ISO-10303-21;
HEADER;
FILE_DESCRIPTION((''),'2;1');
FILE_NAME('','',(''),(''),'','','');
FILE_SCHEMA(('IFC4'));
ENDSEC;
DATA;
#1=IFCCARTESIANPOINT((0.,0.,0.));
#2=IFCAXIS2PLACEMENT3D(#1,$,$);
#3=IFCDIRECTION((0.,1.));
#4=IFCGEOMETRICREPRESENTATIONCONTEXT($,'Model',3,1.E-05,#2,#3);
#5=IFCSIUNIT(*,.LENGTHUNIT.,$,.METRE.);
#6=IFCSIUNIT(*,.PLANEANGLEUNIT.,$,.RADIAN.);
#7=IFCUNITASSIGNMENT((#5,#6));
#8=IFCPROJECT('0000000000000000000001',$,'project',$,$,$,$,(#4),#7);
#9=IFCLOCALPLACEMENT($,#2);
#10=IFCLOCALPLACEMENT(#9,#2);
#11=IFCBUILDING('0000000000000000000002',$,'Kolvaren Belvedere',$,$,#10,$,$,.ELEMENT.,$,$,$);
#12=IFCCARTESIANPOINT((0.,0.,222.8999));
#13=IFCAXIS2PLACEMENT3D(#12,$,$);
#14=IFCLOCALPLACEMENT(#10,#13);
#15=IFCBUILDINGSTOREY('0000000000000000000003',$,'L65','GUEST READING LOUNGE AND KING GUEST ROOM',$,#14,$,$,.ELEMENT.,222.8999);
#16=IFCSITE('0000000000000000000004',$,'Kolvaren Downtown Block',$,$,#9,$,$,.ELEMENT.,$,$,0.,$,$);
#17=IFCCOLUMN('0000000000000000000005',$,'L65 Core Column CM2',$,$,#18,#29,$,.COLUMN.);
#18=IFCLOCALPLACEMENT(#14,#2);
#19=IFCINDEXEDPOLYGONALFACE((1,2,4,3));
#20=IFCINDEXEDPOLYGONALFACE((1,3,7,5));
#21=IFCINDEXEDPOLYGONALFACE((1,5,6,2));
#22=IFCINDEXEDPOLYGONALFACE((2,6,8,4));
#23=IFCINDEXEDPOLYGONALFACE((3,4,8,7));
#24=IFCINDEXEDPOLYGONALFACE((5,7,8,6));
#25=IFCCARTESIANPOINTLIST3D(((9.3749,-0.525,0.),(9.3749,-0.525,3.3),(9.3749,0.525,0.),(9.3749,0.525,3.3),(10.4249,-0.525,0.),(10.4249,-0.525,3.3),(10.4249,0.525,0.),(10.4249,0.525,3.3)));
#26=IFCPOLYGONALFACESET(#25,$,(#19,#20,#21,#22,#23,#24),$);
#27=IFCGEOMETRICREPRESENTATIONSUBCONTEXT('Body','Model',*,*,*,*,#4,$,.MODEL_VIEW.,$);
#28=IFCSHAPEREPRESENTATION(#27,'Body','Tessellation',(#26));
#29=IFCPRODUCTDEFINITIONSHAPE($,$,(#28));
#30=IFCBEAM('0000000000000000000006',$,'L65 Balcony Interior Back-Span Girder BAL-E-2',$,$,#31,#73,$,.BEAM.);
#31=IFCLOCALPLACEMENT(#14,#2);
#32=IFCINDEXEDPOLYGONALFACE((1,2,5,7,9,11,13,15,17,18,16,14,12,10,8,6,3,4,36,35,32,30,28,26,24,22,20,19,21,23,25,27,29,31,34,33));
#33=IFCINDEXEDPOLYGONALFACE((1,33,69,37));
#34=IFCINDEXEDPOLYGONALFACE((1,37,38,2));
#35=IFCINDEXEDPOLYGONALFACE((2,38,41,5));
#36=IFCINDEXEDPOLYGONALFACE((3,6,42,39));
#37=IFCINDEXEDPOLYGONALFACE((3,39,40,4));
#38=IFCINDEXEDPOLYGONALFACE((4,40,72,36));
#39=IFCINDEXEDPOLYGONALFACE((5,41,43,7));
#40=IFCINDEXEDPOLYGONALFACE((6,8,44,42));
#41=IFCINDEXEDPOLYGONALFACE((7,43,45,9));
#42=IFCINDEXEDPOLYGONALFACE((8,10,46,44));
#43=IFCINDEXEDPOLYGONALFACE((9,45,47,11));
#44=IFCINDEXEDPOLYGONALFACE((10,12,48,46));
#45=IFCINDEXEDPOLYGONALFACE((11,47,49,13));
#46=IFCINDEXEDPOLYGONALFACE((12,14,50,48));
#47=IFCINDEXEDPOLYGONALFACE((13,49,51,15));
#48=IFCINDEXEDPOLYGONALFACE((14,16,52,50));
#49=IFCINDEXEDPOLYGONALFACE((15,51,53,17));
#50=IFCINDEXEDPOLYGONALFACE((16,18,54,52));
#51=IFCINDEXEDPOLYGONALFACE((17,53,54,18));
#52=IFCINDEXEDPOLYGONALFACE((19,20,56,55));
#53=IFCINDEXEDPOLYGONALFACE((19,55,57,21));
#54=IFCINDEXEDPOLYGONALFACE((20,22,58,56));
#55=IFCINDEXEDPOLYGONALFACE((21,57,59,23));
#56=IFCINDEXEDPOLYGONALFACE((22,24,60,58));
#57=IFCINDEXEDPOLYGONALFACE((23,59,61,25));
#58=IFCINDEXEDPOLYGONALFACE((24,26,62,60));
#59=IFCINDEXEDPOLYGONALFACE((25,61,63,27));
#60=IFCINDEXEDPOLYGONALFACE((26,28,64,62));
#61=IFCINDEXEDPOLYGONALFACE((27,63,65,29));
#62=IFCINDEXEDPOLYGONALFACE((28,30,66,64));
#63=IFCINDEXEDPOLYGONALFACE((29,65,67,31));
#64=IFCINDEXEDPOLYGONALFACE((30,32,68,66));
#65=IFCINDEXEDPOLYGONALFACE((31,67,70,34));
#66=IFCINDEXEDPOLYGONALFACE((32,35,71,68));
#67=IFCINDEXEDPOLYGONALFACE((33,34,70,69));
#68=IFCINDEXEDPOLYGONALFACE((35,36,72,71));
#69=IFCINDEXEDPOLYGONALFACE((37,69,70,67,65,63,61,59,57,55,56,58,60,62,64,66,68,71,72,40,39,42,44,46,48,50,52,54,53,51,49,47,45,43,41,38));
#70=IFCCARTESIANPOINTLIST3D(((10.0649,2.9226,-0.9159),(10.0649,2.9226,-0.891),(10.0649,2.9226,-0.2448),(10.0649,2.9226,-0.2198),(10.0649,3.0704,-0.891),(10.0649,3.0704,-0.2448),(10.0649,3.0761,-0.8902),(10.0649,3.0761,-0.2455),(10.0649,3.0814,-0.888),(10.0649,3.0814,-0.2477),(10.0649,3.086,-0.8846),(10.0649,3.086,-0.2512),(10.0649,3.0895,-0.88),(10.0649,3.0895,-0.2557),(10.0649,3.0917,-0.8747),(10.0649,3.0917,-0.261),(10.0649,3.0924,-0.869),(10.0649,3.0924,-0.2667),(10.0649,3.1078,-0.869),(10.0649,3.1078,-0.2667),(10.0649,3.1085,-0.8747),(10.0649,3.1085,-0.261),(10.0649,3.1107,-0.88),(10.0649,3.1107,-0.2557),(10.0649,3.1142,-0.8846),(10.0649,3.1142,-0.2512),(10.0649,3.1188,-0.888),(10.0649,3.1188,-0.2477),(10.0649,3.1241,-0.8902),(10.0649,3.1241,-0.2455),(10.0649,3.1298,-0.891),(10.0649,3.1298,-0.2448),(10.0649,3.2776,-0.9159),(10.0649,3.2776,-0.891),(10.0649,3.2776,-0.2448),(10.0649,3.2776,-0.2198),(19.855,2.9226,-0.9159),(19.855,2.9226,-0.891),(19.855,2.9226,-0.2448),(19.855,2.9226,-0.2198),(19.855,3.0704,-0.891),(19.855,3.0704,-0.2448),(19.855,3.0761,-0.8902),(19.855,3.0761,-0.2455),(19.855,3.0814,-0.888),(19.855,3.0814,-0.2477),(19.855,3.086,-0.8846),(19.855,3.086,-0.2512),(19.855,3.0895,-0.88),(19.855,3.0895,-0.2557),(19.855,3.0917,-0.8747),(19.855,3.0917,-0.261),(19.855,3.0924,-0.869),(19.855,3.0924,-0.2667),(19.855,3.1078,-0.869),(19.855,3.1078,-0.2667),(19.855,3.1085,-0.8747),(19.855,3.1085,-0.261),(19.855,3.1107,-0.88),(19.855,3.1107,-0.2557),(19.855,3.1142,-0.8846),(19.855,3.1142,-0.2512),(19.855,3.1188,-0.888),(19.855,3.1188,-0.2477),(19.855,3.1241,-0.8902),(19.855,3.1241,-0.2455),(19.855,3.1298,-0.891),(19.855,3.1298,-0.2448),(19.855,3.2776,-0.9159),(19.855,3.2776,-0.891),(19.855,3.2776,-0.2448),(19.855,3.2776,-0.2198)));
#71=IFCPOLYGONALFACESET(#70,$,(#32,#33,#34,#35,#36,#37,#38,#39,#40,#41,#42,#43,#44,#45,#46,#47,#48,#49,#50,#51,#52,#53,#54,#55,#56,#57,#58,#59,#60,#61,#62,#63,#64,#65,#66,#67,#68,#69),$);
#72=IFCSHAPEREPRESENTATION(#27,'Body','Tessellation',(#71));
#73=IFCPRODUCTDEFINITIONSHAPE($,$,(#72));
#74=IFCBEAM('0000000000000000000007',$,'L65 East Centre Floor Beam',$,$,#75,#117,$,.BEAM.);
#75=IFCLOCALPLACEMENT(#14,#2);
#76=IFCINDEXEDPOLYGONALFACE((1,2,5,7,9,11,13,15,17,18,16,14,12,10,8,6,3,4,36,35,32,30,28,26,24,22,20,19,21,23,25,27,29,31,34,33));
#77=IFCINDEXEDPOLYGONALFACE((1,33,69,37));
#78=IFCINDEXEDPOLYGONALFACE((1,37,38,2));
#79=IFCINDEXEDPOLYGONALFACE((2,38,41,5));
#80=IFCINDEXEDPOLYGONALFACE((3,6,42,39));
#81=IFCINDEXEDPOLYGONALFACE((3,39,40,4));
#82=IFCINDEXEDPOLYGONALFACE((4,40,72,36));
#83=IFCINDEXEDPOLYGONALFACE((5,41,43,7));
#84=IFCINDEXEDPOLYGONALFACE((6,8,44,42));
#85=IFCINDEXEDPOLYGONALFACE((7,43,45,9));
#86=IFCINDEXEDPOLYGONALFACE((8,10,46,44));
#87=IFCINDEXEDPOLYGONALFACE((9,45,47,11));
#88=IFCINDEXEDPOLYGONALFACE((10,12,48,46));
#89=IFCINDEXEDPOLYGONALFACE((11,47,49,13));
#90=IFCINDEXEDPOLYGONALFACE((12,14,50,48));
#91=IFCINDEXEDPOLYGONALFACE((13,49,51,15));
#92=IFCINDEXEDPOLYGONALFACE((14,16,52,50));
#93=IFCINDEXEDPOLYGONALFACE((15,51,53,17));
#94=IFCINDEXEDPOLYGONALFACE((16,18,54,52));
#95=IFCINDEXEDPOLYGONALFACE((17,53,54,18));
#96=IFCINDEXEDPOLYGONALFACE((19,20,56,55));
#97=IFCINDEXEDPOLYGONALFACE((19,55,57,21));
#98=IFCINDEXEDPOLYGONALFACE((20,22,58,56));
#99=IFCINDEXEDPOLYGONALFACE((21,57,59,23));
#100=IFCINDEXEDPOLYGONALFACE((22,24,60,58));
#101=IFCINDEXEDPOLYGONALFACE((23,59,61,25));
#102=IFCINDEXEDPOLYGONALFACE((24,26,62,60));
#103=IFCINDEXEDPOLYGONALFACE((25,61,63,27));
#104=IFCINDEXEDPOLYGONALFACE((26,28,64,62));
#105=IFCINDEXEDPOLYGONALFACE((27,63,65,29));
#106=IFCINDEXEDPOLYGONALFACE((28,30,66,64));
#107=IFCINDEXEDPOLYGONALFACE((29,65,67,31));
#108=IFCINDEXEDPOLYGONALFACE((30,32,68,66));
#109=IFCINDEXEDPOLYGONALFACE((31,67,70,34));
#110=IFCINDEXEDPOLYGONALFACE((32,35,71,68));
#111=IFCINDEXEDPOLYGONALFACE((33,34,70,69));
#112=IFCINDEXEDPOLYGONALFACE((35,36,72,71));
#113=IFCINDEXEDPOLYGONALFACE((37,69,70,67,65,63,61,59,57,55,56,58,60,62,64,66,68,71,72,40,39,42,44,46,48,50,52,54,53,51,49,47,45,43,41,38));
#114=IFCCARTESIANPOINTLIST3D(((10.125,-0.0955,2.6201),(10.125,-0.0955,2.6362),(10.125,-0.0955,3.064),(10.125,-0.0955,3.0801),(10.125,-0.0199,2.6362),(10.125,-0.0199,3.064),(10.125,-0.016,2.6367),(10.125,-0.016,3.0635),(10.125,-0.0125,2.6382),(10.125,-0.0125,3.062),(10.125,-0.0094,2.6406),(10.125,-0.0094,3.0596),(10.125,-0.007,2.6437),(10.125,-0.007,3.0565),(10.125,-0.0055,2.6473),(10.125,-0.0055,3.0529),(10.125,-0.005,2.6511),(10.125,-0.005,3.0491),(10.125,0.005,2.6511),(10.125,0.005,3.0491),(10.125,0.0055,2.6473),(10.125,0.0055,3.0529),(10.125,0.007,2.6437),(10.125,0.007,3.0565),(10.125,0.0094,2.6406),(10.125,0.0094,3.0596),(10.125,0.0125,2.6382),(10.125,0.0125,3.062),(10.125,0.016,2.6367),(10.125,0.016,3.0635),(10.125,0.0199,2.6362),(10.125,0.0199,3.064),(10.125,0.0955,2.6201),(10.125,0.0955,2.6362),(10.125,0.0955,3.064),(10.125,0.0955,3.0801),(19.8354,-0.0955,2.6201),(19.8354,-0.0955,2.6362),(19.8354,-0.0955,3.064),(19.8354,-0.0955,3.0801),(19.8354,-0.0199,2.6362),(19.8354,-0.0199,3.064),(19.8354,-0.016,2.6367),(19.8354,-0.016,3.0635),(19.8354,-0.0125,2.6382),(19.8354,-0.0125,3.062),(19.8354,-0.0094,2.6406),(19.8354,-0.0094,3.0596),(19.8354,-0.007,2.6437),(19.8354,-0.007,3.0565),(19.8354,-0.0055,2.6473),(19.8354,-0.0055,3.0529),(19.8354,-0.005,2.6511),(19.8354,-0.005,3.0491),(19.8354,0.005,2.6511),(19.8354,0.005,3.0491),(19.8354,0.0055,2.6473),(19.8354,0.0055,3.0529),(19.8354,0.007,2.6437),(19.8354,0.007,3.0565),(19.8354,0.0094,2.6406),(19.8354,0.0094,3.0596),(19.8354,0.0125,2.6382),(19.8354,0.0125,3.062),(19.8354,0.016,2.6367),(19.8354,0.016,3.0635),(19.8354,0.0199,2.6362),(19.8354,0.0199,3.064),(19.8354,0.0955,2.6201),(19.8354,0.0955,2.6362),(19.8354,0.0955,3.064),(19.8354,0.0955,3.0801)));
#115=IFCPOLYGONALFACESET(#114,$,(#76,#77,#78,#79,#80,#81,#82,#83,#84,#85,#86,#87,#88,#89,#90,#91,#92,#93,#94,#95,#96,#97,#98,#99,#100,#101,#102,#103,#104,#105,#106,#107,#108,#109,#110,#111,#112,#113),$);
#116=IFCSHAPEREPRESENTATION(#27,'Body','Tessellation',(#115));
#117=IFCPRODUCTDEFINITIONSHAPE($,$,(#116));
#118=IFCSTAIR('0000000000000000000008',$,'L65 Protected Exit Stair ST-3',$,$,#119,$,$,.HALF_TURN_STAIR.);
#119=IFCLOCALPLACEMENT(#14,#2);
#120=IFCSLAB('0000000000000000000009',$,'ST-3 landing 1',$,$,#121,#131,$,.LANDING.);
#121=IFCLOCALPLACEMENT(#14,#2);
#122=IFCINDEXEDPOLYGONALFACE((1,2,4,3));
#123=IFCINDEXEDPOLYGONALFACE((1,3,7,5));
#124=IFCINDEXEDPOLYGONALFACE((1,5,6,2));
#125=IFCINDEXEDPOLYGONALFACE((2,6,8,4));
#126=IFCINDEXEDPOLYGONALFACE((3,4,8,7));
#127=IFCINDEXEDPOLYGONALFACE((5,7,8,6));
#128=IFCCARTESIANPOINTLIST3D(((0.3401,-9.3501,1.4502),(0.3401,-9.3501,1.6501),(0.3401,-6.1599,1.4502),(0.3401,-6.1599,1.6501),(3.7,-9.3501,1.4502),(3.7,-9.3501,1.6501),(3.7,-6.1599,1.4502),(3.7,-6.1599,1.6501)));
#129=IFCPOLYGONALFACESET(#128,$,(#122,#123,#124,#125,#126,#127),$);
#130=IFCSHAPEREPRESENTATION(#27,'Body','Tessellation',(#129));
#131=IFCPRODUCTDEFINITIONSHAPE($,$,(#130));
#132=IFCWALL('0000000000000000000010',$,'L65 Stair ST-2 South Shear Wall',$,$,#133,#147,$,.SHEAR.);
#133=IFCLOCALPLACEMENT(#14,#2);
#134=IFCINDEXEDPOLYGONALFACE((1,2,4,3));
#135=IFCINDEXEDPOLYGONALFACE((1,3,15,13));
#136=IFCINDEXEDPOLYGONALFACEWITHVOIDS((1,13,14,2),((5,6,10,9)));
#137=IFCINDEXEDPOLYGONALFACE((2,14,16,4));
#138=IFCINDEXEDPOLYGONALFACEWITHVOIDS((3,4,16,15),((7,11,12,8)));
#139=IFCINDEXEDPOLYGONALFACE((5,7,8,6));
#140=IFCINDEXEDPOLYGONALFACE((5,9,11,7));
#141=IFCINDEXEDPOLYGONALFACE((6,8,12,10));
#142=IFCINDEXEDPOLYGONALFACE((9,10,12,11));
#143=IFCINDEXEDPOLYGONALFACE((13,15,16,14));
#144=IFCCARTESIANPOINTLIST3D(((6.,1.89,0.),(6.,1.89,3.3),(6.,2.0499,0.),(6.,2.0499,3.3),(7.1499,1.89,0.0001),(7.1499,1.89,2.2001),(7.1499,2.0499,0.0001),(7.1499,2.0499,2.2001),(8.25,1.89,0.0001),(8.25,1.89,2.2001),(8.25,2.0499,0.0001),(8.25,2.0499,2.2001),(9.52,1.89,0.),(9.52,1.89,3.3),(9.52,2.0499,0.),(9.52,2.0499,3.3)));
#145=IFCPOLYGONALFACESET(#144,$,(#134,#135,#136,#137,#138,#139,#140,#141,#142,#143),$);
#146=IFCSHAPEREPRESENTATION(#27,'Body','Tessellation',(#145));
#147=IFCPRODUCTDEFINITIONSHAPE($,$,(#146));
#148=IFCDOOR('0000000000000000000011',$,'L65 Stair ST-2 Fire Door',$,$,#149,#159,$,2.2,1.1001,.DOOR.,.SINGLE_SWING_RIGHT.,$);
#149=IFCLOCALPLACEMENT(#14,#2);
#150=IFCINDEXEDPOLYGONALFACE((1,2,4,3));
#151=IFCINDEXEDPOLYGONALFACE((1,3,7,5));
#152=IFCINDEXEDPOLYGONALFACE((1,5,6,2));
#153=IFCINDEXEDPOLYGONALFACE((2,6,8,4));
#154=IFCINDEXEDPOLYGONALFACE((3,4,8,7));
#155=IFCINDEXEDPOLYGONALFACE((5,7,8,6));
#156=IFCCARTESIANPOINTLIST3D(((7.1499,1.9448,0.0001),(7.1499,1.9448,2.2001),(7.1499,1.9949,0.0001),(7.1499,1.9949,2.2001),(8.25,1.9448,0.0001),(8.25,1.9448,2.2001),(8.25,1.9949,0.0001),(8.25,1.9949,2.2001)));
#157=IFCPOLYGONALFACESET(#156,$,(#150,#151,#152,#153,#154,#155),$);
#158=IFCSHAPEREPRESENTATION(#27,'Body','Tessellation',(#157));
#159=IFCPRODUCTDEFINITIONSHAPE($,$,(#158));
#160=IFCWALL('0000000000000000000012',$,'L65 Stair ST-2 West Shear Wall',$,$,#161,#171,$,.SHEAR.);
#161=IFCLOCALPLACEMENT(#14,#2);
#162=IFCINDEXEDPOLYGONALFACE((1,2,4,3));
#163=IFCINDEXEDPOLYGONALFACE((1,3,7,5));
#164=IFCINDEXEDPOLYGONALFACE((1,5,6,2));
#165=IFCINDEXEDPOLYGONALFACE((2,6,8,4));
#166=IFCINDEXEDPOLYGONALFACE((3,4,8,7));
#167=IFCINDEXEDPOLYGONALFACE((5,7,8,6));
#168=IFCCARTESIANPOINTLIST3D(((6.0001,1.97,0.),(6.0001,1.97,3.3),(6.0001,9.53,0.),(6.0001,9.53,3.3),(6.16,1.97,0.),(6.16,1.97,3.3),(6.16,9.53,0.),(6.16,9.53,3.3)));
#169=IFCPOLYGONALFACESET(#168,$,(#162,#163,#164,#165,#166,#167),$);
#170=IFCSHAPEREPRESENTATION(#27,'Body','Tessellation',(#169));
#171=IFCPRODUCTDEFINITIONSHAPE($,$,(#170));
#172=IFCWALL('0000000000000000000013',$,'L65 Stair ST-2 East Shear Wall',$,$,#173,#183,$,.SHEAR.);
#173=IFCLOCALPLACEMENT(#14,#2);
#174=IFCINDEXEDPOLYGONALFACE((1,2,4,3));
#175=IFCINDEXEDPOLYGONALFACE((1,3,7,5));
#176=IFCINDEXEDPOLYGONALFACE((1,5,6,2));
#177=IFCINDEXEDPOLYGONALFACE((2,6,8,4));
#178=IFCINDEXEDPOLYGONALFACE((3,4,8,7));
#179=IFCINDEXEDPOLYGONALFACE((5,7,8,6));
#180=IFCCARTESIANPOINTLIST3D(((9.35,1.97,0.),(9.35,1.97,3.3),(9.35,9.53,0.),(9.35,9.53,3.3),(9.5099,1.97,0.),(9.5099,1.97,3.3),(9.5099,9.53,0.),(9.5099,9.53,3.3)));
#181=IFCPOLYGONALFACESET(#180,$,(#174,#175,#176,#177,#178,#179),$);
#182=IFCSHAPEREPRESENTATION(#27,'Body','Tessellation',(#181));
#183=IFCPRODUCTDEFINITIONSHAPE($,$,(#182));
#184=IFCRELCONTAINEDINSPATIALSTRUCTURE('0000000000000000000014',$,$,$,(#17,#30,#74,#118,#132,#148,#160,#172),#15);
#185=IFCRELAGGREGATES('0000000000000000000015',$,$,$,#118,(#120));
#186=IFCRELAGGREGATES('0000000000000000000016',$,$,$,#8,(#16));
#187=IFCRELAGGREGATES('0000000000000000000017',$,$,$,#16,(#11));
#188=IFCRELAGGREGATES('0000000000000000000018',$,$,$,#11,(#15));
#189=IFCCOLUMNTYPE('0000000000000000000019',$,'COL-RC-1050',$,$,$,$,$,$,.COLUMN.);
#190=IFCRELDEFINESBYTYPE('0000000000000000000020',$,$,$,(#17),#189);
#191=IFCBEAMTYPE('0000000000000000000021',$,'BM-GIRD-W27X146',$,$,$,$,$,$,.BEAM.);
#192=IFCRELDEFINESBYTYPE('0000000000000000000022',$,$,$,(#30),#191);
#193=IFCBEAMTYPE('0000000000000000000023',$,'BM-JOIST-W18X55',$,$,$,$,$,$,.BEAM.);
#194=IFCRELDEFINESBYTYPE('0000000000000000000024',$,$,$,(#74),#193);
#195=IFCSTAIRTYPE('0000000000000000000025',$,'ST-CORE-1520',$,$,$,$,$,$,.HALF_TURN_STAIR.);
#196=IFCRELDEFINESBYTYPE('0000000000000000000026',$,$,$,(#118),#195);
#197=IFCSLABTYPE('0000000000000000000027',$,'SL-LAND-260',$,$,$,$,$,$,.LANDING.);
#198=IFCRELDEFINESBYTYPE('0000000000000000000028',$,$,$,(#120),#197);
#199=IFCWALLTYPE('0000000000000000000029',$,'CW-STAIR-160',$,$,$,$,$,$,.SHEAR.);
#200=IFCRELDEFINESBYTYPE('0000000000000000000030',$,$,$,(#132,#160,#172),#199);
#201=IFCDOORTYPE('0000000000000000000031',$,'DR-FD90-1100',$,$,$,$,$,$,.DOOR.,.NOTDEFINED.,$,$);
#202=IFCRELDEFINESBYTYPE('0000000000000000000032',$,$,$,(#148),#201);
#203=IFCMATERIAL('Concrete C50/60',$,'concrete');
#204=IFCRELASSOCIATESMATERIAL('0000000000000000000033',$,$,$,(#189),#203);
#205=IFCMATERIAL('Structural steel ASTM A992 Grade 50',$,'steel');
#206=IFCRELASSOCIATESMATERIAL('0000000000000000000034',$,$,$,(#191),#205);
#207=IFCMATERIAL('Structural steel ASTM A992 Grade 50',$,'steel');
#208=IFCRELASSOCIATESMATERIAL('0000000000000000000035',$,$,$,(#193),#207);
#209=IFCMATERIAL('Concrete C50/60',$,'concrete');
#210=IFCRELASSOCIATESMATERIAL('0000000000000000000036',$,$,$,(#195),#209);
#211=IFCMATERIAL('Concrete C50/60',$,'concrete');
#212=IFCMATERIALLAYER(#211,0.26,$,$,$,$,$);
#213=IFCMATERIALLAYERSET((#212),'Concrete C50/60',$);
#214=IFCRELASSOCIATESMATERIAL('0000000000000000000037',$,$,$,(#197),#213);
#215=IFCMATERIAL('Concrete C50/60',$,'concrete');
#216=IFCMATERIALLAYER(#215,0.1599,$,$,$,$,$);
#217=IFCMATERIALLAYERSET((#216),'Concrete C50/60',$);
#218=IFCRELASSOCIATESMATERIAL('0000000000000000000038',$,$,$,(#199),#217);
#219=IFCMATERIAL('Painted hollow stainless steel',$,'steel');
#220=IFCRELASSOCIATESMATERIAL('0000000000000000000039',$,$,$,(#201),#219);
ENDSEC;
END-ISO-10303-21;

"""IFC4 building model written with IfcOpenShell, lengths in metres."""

from ifc_helpers import new_model, si_unit, direction, frame, frame_2d, origin, origin_2d, place, context, subcontext, project, spatial, polyline, rectangle, i_section, outline, extrude, material, layer, layer_set, material_profile, profile_set, type_object, element, fill, aggregate, save


model = new_model("IFC4")

# Units and contexts
model_context = context("Model", 3, precision=1e-05, world=origin(), true_north=direction((0.0, 1.0)))
body_context = subcontext(model_context, "Body", "Model", "MODEL_VIEW")
ifc_project = project(units=[si_unit("LENGTHUNIT", "METRE"), si_unit("PLANEANGLEUNIT", "RADIAN")], contexts=[model_context])

# Site, building, storey
site_placement = place(None, origin())
site = spatial("IfcSite", under=ifc_project, at=site_placement, Name="Kolvaren Downtown Block", CompositionType="ELEMENT", RefElevation=0.0)
building_placement = place(site_placement, origin())
building = spatial("IfcBuilding", under=site, at=building_placement, Name="Kolvaren Belvedere", CompositionType="ELEMENT")
storey_placement = place(building_placement, frame((0.0, 0.0, 222.8999)))
storey = spatial("IfcBuildingStorey", under=building, at=storey_placement, Name="L65", Description="GUEST READING LOUNGE AND KING GUEST ROOM", CompositionType="ELEMENT", Elevation=222.8999)

# Column
ifc_material_1 = material(Name="Concrete C50/60", Category="concrete")
ifc_material_profile_1 = material_profile(ifc_material_1, rectangle(XDim=1.05, YDim=1.05, at=origin_2d()), Name="RC 1050X1050")
ifc_profile_set_1 = profile_set([ifc_material_profile_1], Name="Concrete C50/60")
column_type = type_object("IfcColumnType", Name="COL-RC-1050", PredefinedType="COLUMN", material=ifc_profile_set_1)
column_placement = place(storey_placement, frame((9.8999, 0.0, 0.0), z_axis=(0.0, 0.0, 1.0), x_axis=(1.0, 0.0, 0.0)))
element("IfcColumn", 1, at=column_placement, inside=storey, type_object=column_type, Name="L65 Core Column CM2", PredefinedType="COLUMN", context=body_context, shape_type="SweptSolid", body=[
    extrude(rectangle(XDim=1.05, YDim=1.05, at=origin_2d()), origin(), (0.0, 0.0, 1.0), 3.3),
])

# Beams
ifc_material_2 = material(Name="Structural steel ASTM A992 Grade 50", Category="steel")
ifc_material_profile_2 = material_profile(ifc_material_2, i_section(OverallWidth=0.355, OverallDepth=0.696, WebThickness=0.0154, FlangeThickness=0.0249, FilletRadius=0.022, at=origin_2d()), Name="W27X146")
ifc_profile_set_2 = profile_set([ifc_material_profile_2], Name="Structural steel ASTM A992 Grade 50")
beam_type_1 = type_object("IfcBeamType", Name="BM-GIRD-W27X146", PredefinedType="BEAM", material=ifc_profile_set_2)
beam_1_placement = place(storey_placement, frame((10.0649, 3.1001, -0.5679), z_axis=(1.0, 0.0, 0.0), x_axis=(0.0, 1.0, 0.0)))
element("IfcBeam", 2, at=beam_1_placement, inside=storey, type_object=beam_type_1, Name="L65 Balcony Interior Back-Span Girder BAL-E-2", PredefinedType="BEAM", context=body_context, shape_type="SweptSolid", body=[
    extrude(i_section(OverallWidth=0.355, OverallDepth=0.696, WebThickness=0.0154, FlangeThickness=0.0249, FilletRadius=0.022, at=origin_2d()), origin(), (0.0, 0.0, 1.0), 9.79),
])
ifc_material_3 = material(Name="Structural steel ASTM A992 Grade 50", Category="steel")
ifc_material_profile_3 = material_profile(ifc_material_3, i_section(OverallWidth=0.1909, OverallDepth=0.46, WebThickness=0.01, FlangeThickness=0.0161, FilletRadius=0.0149, at=origin_2d()), Name="W18X55")
ifc_profile_set_3 = profile_set([ifc_material_profile_3], Name="Structural steel ASTM A992 Grade 50")
beam_type_2 = type_object("IfcBeamType", Name="BM-JOIST-W18X55", PredefinedType="BEAM", material=ifc_profile_set_3)
beam_2_placement = place(storey_placement, frame((10.125, 0.0, 2.8501), z_axis=(1.0, 0.0, 0.0), x_axis=(0.0, 1.0, 0.0)))
element("IfcBeam", 3, at=beam_2_placement, inside=storey, type_object=beam_type_2, Name="L65 East Centre Floor Beam", PredefinedType="BEAM", context=body_context, shape_type="SweptSolid", body=[
    extrude(i_section(OverallWidth=0.1909, OverallDepth=0.46, WebThickness=0.01, FlangeThickness=0.0161, FilletRadius=0.0149, at=origin_2d()), origin(), (0.0, 0.0, 1.0), 9.7104),
])

# Stair, slab
ifc_material_4 = material(Name="Concrete C50/60", Category="concrete")
stair_type = type_object("IfcStairType", Name="ST-CORE-1520", PredefinedType="HALF_TURN_STAIR", material=ifc_material_4)
stair_1_placement = place(storey_placement, origin())
stair_1 = element("IfcStair", 4, at=stair_1_placement, inside=storey, type_object=stair_type, Name="L65 Protected Exit Stair ST-3", PredefinedType="HALF_TURN_STAIR")
ifc_material_5 = material(Name="Concrete C50/60", Category="concrete")
ifc_layer_1 = layer(ifc_material_5, 0.26)
ifc_layer_set_1 = layer_set([ifc_layer_1], Name="Concrete C50/60")
slab_type = type_object("IfcSlabType", Name="SL-LAND-260", PredefinedType="LANDING", material=ifc_layer_set_1)
slab_placement = place(storey_placement, frame((0.0, 0.0, 1.4502)))
slab = element("IfcSlab", 5, at=slab_placement, type_object=slab_type, Name="ST-3 landing 1", PredefinedType="LANDING", context=body_context, shape_type="SweptSolid", body=[
    extrude(outline(polyline([(0.3401, -9.3501), (3.7, -9.3501), (3.7, -6.1599), (0.3401, -6.1599), (0.3401, -9.3501)])), origin(), (0.0, 0.0, 1.0), 0.2),
])
aggregate(stair_1, [slab])

# Wall, opening, door
ifc_material_6 = material(Name="Concrete C50/60", Category="concrete")
ifc_layer_2 = layer(ifc_material_6, 0.1599)
ifc_layer_set_2 = layer_set([ifc_layer_2], Name="Concrete C50/60")
wall_type_1 = type_object("IfcWallType", Name="CW-STAIR-160", PredefinedType="SHEAR", material=ifc_layer_set_2)
wall_1_placement = place(storey_placement, frame((6.0, 1.97, 0.0), z_axis=(0.0, 0.0, 1.0), x_axis=(1.0, 0.0, 0.0)))
wall_1 = element("IfcWall", 6, at=wall_1_placement, inside=storey, type_object=wall_type_1, Name="L65 Stair ST-2 South Shear Wall", PredefinedType="SHEAR", context=body_context, shape_type="SweptSolid", body=[
    extrude(rectangle(XDim=3.52, YDim=0.1599, at=frame_2d((1.76, 0.0))), origin(), (0.0, 0.0, 1.0), 3.3),
])
opening_1_placement = place(wall_1_placement, frame((1.1499, 0.0, 0.0)))
opening_1 = element("IfcOpeningElement", 7, at=opening_1_placement, cuts=wall_1, PredefinedType="OPENING", context=body_context, shape_type="SweptSolid", body=[
    extrude(rectangle(XDim=1.1001, YDim=2.2, at=frame_2d((0.55, 1.1001))), frame((0.0, 0.0898, 0.0), z_axis=(0.0, -1.0, 0.0), x_axis=(1.0, 0.0, 0.0)), (0.0, 0.0, 1.0), 0.1799),
])
ifc_material_7 = material(Name="Painted hollow stainless steel", Category="steel")
door_type_1 = type_object("IfcDoorType", Name="DR-FD90-1100", OperationType="NOTDEFINED", PredefinedType="DOOR", material=ifc_material_7)
door_1_placement = place(opening_1_placement, origin())
door_1 = element("IfcDoor", 8, at=door_1_placement, inside=storey, type_object=door_type_1, Name="L65 Stair ST-2 Fire Door", OperationType="SINGLE_SWING_RIGHT", OverallHeight=2.2, OverallWidth=1.1001, PredefinedType="DOOR", context=body_context, shape_type="SweptSolid", body=[
    extrude(rectangle(XDim=1.1001, YDim=2.2, at=frame_2d((0.55, 1.1001))), frame((0.0, 0.0249, 0.0), z_axis=(0.0, -1.0, 0.0), x_axis=(1.0, 0.0, 0.0)), (0.0, 0.0, 1.0), 0.05),
])
fill(opening_1, door_1)

# Walls
for number, where, z_axis, x_axis, name in (
    (9, (6.0801, 1.97, 0.0), (0.0, 0.0, 1.0), (0.0, 1.0, 0.0), "L65 Stair ST-2 West Shear Wall"),
    (10, (9.4299, 1.97, 0.0), (0.0, 0.0, 1.0), (0.0, 1.0, 0.0), "L65 Stair ST-2 East Shear Wall"),
):
    element("IfcWall", number, at=place(storey_placement, frame(where, z_axis=z_axis, x_axis=x_axis)), inside=storey, type_object=wall_type_1, Name=name, PredefinedType="SHEAR", context=body_context, shape_type="SweptSolid", body=[
        extrude(rectangle(XDim=7.5601, YDim=0.1599, at=frame_2d((3.78, 0.0))), origin(), (0.0, 0.0, 1.0), 3.3),
    ])

save(model, "model.ifc")
